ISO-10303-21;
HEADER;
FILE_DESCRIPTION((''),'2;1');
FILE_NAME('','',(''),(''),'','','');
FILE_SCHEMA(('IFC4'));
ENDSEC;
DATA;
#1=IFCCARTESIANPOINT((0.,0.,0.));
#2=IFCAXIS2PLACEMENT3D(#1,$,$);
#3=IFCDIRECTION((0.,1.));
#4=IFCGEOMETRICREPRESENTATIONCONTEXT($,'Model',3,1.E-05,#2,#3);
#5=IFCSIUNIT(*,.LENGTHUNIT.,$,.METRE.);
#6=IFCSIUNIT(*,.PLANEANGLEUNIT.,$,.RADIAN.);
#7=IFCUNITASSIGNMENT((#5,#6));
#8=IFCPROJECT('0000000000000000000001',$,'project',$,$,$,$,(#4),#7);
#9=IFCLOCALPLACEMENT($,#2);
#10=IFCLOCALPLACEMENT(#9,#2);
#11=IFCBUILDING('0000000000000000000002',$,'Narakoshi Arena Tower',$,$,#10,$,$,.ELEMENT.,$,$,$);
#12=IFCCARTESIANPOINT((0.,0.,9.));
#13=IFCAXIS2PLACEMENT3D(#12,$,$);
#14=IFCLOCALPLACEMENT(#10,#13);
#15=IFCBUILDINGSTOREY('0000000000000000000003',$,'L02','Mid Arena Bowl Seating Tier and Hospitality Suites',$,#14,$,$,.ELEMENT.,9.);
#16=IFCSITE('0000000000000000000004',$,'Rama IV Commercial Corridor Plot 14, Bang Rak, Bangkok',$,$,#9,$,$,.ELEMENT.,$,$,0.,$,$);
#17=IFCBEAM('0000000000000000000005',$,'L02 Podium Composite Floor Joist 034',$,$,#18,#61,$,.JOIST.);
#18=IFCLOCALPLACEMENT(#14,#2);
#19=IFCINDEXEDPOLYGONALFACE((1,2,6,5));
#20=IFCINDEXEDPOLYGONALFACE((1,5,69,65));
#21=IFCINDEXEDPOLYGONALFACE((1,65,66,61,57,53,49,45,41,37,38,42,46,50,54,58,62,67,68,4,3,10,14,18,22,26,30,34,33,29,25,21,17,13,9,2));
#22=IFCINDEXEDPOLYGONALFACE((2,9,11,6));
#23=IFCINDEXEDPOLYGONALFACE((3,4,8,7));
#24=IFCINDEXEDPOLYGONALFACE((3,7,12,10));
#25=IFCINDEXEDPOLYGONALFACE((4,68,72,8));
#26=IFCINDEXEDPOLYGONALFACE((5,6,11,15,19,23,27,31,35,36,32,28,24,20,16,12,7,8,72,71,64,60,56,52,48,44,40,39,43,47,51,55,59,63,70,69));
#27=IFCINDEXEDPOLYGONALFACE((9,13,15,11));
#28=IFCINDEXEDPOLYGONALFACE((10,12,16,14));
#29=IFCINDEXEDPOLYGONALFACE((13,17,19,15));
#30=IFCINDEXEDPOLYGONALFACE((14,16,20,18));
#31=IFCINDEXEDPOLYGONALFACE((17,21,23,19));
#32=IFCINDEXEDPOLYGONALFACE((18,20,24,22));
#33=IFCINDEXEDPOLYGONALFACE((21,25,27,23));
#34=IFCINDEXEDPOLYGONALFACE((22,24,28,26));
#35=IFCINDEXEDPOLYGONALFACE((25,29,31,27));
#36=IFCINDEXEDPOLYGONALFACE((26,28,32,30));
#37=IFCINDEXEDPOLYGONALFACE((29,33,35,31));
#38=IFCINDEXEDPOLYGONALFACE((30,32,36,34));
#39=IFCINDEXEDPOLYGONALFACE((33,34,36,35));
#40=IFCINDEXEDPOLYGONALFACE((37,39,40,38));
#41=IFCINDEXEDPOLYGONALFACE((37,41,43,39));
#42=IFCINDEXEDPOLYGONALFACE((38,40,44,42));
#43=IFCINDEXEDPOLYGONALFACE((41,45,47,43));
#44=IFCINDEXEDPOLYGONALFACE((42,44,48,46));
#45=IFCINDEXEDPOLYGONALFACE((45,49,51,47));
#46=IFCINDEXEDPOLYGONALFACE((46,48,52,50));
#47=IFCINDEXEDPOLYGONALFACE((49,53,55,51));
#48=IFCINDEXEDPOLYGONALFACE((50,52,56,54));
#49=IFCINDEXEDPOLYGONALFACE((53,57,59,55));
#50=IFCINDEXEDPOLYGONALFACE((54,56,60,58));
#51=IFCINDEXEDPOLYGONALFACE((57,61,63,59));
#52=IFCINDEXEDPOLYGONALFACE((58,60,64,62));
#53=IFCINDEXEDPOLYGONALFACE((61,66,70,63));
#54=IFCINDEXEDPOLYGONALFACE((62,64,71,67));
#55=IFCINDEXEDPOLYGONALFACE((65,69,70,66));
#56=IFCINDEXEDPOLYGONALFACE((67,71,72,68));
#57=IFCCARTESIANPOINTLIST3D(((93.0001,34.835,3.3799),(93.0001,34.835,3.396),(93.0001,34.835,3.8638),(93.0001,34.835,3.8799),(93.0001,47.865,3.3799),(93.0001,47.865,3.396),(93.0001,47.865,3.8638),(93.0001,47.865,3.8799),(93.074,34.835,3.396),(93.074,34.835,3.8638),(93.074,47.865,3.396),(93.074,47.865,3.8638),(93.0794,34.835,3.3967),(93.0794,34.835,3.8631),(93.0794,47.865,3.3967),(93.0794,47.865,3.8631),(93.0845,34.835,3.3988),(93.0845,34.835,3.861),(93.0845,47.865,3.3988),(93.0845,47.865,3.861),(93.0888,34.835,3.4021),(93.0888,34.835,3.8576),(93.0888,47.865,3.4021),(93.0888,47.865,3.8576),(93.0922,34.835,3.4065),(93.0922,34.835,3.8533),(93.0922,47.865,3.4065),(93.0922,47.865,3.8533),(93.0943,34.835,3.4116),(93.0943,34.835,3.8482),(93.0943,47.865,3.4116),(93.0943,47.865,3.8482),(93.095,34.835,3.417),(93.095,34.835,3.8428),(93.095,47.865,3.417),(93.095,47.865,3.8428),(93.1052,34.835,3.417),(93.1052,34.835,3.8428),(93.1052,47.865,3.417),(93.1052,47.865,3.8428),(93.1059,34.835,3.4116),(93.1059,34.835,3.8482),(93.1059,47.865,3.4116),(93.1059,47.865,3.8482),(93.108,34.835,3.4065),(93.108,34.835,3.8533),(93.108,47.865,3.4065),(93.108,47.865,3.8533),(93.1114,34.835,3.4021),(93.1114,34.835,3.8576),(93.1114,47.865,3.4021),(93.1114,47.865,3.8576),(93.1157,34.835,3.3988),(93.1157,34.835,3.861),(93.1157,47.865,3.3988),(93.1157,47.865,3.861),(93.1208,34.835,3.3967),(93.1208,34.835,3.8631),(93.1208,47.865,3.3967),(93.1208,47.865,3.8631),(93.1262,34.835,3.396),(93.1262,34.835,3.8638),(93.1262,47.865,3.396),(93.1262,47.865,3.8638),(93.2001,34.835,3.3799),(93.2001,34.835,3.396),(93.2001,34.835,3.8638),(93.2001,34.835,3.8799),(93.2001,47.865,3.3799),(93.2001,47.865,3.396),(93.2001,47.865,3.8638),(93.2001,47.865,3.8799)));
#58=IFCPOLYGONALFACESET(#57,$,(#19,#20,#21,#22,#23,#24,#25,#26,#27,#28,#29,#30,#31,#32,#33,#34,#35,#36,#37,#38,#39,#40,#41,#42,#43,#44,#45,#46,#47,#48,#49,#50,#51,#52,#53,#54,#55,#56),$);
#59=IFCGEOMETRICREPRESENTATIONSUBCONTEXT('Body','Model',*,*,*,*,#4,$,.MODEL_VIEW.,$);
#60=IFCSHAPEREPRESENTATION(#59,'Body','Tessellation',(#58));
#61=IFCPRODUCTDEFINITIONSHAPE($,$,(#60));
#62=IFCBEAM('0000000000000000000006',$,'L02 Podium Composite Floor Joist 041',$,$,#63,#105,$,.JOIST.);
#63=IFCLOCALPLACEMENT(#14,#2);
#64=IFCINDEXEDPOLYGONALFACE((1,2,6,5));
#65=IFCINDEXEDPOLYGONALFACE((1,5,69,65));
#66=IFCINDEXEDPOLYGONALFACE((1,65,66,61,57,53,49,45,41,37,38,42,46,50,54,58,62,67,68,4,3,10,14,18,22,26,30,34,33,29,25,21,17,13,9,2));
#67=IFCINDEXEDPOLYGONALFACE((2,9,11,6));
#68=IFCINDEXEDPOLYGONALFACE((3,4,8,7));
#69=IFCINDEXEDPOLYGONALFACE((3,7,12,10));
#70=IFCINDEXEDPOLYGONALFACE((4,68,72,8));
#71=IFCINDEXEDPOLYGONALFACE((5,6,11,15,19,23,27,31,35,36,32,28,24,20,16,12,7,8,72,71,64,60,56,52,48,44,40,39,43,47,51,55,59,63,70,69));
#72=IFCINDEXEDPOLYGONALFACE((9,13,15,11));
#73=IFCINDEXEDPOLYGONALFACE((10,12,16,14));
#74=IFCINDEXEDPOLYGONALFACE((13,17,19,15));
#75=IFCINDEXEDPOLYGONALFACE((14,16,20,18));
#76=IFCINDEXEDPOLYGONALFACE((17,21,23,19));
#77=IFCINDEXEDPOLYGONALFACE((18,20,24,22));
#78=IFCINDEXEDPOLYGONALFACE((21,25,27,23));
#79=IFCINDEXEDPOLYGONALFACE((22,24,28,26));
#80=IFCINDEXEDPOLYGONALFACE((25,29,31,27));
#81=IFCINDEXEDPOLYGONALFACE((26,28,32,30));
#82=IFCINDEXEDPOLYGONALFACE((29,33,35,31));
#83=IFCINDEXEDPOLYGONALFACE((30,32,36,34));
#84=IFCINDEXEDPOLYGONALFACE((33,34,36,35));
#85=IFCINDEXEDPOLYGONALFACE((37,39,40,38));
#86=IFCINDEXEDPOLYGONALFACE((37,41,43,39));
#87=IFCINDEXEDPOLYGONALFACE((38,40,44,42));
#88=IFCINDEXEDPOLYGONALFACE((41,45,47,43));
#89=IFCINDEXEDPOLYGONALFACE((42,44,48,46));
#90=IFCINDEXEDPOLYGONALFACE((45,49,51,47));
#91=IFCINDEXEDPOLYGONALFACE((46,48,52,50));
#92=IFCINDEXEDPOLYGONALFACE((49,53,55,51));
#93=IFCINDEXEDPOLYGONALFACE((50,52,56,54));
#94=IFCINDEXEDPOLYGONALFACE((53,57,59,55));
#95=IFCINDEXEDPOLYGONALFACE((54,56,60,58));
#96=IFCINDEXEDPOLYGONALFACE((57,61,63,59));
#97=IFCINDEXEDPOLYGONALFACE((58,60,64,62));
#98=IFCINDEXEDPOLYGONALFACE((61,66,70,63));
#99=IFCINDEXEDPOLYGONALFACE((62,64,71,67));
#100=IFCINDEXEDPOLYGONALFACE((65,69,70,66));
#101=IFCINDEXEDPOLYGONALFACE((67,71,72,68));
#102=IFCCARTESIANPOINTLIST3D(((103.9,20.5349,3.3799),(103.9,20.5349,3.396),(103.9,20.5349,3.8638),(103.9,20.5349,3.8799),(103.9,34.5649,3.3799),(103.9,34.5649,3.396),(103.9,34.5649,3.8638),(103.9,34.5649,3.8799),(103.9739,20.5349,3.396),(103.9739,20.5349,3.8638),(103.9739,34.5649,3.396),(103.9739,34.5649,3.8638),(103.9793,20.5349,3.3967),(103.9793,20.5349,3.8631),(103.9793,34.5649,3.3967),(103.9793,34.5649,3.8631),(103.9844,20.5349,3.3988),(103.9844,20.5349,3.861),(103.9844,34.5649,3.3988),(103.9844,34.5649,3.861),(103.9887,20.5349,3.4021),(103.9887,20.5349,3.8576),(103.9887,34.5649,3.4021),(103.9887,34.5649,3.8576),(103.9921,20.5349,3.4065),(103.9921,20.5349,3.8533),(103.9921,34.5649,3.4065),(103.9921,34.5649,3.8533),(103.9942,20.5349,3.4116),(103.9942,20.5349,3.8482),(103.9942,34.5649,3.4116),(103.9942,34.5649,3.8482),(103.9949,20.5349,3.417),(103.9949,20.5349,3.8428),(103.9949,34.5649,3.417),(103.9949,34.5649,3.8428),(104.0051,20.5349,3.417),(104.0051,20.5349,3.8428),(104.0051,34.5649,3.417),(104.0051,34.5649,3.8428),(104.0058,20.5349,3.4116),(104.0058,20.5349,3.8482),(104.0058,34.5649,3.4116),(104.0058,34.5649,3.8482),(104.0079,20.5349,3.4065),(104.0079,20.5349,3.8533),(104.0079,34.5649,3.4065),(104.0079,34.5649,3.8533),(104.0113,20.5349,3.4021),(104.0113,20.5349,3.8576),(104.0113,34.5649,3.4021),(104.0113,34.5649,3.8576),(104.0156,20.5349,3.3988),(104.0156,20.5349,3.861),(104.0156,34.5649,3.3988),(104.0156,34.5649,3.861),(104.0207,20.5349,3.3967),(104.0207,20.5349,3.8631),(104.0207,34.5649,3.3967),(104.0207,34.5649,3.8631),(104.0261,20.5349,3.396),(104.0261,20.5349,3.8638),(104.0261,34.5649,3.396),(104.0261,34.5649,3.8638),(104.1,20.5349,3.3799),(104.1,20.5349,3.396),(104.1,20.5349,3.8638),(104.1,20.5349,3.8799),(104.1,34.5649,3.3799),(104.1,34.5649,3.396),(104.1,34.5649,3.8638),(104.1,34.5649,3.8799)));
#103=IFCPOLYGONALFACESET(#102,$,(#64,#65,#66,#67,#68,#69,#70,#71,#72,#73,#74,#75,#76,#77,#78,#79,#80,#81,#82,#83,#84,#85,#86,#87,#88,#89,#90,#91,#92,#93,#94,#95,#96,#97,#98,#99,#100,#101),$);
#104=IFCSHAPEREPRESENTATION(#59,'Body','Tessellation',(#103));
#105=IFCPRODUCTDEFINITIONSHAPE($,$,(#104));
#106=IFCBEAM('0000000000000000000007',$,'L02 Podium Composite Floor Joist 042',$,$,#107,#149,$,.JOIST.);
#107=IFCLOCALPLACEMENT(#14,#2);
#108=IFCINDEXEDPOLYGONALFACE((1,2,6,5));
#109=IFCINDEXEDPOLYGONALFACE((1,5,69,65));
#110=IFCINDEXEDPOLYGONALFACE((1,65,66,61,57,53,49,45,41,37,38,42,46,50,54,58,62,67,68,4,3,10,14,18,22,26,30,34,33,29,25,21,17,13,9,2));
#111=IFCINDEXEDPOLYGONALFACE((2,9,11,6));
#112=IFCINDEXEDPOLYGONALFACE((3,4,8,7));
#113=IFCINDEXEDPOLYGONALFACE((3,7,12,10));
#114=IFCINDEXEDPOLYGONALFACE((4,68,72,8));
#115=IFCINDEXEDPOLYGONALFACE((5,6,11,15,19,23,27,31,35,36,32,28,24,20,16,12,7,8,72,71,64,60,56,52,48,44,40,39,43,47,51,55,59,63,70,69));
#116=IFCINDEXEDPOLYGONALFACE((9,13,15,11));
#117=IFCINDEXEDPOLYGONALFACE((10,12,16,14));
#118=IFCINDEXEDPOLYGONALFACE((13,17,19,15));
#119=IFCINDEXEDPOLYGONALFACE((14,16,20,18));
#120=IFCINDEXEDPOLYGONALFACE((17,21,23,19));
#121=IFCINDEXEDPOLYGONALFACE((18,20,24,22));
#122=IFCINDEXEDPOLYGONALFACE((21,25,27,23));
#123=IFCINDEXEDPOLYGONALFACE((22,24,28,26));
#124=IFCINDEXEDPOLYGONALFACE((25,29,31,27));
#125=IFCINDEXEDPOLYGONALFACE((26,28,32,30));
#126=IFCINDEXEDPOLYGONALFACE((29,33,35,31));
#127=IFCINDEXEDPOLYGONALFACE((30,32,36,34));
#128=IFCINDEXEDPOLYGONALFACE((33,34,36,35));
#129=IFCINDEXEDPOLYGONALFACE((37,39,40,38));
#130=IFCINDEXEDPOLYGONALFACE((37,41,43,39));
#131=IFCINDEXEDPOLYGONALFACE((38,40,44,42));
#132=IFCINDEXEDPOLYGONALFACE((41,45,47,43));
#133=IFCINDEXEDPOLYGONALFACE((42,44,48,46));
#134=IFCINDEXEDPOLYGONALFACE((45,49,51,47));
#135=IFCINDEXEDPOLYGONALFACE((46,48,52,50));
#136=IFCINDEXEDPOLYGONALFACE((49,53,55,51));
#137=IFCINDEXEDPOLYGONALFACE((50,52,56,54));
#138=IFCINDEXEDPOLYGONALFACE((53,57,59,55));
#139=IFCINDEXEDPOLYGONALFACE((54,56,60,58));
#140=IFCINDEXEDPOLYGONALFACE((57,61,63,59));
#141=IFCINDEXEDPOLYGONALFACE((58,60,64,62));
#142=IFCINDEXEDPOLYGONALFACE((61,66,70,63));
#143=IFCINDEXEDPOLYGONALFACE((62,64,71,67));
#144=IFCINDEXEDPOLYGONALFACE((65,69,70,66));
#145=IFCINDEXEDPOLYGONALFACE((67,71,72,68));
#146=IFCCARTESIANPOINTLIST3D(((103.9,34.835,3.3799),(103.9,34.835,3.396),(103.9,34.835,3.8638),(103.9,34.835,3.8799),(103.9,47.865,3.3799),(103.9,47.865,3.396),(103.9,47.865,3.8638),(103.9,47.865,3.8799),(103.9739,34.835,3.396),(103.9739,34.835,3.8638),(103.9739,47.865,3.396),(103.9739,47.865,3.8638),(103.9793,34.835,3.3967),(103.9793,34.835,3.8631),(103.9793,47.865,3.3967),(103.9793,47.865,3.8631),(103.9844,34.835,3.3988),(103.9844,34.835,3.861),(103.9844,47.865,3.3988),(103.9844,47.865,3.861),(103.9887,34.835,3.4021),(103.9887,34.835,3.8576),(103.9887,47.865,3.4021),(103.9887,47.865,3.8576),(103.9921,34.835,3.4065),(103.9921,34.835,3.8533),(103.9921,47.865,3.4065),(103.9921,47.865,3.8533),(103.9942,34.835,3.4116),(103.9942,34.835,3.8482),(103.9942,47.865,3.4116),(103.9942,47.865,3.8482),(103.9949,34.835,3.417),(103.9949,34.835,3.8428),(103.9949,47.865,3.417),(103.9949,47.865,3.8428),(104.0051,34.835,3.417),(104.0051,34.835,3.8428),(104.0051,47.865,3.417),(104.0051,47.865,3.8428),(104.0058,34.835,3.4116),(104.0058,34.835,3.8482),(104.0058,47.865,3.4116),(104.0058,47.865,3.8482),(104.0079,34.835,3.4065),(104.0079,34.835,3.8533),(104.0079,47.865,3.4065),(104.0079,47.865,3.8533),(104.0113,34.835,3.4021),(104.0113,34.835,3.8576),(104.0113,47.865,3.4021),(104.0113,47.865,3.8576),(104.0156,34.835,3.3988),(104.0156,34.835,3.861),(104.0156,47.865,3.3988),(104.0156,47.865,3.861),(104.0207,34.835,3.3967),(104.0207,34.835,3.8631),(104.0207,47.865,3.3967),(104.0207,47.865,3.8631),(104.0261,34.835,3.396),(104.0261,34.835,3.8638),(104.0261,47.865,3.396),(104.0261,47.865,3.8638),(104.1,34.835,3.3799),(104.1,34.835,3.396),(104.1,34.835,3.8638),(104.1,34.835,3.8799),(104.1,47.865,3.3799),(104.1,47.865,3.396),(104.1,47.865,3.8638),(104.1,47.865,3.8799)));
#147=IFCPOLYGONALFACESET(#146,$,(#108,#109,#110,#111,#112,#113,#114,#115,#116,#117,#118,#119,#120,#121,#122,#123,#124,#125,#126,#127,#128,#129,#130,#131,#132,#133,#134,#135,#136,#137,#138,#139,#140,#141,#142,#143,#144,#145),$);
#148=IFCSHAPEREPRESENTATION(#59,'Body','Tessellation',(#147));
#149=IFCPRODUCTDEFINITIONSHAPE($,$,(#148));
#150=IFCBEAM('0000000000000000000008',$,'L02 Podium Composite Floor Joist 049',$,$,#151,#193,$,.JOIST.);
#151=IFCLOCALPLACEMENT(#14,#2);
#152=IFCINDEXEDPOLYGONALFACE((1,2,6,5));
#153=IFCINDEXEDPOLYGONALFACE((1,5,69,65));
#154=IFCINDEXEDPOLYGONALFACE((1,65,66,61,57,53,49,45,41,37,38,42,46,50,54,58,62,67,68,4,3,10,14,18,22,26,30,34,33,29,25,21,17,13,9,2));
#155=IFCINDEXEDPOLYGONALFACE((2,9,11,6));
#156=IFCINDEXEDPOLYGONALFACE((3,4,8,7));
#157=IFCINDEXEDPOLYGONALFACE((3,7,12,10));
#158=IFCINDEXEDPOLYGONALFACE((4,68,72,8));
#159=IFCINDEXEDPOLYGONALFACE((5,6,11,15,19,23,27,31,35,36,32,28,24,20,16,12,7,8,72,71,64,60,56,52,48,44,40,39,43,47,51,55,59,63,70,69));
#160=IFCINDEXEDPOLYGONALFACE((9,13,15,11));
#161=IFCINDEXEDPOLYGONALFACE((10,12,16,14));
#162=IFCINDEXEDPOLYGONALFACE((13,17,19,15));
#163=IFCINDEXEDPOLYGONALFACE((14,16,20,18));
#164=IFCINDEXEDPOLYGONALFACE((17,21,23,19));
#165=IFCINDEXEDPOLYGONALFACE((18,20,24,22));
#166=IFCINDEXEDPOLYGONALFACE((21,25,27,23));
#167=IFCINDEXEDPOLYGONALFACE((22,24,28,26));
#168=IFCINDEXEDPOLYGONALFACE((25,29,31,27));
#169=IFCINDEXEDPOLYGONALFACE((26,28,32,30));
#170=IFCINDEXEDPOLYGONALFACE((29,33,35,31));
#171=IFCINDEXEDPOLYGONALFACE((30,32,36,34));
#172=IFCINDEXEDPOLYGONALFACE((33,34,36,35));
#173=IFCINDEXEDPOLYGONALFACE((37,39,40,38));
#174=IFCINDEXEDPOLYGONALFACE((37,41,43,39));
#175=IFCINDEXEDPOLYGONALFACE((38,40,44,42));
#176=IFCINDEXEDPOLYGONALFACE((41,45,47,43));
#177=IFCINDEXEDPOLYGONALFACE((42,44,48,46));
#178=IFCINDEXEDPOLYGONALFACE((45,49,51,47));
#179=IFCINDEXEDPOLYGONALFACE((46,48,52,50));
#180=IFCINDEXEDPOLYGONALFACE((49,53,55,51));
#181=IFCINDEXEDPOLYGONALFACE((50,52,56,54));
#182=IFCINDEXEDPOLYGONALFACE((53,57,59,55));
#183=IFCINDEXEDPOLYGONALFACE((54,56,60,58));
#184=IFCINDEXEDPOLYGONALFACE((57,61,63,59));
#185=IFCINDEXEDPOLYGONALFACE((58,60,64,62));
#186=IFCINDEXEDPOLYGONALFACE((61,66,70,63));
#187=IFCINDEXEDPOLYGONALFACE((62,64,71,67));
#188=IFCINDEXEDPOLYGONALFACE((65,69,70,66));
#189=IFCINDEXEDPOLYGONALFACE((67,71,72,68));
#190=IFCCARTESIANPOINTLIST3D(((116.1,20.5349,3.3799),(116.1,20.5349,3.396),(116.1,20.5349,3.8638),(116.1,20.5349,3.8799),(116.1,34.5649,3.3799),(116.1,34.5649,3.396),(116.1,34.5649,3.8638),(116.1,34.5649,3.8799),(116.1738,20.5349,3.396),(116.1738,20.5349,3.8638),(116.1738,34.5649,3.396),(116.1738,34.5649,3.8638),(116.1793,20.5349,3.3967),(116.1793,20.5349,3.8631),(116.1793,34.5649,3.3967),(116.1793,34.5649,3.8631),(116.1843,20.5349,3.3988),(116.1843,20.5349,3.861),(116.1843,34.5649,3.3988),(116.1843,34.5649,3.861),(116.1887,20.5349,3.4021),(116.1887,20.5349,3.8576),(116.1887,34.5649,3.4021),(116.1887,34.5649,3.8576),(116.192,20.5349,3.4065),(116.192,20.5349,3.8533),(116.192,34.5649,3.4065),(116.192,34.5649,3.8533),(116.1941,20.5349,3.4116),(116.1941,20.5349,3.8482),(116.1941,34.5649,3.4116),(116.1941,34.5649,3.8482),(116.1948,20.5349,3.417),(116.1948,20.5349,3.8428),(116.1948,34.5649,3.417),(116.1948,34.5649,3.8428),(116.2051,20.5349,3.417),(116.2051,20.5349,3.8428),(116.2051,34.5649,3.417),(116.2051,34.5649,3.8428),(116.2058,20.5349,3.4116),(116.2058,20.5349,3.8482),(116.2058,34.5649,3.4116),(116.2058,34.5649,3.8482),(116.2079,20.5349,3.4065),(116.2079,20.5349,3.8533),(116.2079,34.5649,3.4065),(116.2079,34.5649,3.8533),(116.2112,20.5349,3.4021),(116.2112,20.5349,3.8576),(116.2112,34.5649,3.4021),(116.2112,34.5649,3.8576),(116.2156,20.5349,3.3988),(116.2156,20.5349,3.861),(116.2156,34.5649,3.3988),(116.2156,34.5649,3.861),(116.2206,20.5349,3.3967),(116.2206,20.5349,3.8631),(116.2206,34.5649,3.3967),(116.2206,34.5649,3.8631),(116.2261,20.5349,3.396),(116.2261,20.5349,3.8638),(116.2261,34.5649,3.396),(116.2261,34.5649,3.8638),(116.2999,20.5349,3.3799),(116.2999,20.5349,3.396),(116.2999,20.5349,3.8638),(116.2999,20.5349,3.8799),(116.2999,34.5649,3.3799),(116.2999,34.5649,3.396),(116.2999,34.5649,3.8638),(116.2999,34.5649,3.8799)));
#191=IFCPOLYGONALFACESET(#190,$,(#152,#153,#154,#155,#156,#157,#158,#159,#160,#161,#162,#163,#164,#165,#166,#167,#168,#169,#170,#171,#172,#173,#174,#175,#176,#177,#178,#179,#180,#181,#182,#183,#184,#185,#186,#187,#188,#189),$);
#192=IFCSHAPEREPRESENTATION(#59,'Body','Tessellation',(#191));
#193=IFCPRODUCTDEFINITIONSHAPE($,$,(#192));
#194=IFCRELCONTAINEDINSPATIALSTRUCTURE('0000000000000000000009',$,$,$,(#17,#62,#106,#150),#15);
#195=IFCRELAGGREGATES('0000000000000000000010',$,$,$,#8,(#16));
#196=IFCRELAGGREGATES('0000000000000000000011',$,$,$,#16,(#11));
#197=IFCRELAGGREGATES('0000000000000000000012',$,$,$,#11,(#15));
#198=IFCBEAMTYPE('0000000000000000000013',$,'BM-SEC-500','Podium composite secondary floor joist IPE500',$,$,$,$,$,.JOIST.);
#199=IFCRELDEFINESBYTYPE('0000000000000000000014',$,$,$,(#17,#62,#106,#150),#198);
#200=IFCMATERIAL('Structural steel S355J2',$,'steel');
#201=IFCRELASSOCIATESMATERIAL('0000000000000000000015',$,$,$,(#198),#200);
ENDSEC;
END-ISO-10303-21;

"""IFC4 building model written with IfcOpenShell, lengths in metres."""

from ifc_helpers import new_model, si_unit, direction, frame, origin, origin_2d, place, context, subcontext, project, spatial, i_section, extrude, material, material_profile, profile_set, type_object, element, save


model = new_model("IFC4")

# Units and contexts
model_context = context("Model", 3, precision=1e-05, world=origin(), true_north=direction((0.0, 1.0)))
body_context = subcontext(model_context, "Body", "Model", "MODEL_VIEW")
ifc_project = project(units=[si_unit("LENGTHUNIT", "METRE"), si_unit("PLANEANGLEUNIT", "RADIAN")], contexts=[model_context])

# Site, building, storey
site_placement = place(None, origin())
site = spatial("IfcSite", under=ifc_project, at=site_placement, Name="Rama IV Commercial Corridor Plot 14, Bang Rak, Bangkok", CompositionType="ELEMENT", RefElevation=0.0)
building_placement = place(site_placement, origin())
building = spatial("IfcBuilding", under=site, at=building_placement, Name="Narakoshi Arena Tower", CompositionType="ELEMENT")
storey_placement = place(building_placement, frame((0.0, 0.0, 9.0)))
storey = spatial("IfcBuildingStorey", under=building, at=storey_placement, Name="L02", Description="Mid Arena Bowl Seating Tier and Hospitality Suites", CompositionType="ELEMENT", Elevation=9.0)

# Beams
ifc_material_1 = material(Name="Structural steel S355J2", Category="steel")
ifc_material_profile_1 = material_profile(ifc_material_1, i_section(OverallWidth=0.2, OverallDepth=0.5, WebThickness=0.0103, FlangeThickness=0.0161, FilletRadius=0.021, at=origin_2d()), Name="IPE500")
ifc_profile_set_1 = profile_set([ifc_material_profile_1], Name="Structural steel S355J2")
beam_type_1 = type_object("IfcBeamType", Name="BM-SEC-500", Description="Podium composite secondary floor joist IPE500", PredefinedType="JOIST", material=ifc_profile_set_1)
beam_1_placement = place(storey_placement, frame((93.1001, 34.835, 3.6299), z_axis=(0.0, 1.0, 0.0), x_axis=(-1.0, 0.0, 0.0)))
element("IfcBeam", 1, at=beam_1_placement, inside=storey, type_object=beam_type_1, Name="L02 Podium Composite Floor Joist 034", PredefinedType="JOIST", context=body_context, shape_type="SweptSolid", body=[
    extrude(i_section(OverallWidth=0.2, OverallDepth=0.5, WebThickness=0.0103, FlangeThickness=0.0161, FilletRadius=0.021, at=origin_2d()), origin(), (0.0, 0.0, 1.0), 13.03),
])
beam_2_placement = place(storey_placement, frame((104.0, 20.5349, 3.6299), z_axis=(0.0, 1.0, 0.0), x_axis=(-1.0, 0.0, 0.0)))
element("IfcBeam", 2, at=beam_2_placement, inside=storey, type_object=beam_type_1, Name="L02 Podium Composite Floor Joist 041", PredefinedType="JOIST", context=body_context, shape_type="SweptSolid", body=[
    extrude(i_section(OverallWidth=0.2, OverallDepth=0.5, WebThickness=0.0103, FlangeThickness=0.0161, FilletRadius=0.021, at=origin_2d()), origin(), (0.0, 0.0, 1.0), 14.03),
])
beam_3_placement = place(storey_placement, frame((104.0, 34.835, 3.6299), z_axis=(0.0, 1.0, 0.0), x_axis=(-1.0, 0.0, 0.0)))
element("IfcBeam", 3, at=beam_3_placement, inside=storey, type_object=beam_type_1, Name="L02 Podium Composite Floor Joist 042", PredefinedType="JOIST", context=body_context, shape_type="SweptSolid", body=[
    extrude(i_section(OverallWidth=0.2, OverallDepth=0.5, WebThickness=0.0103, FlangeThickness=0.0161, FilletRadius=0.021, at=origin_2d()), origin(), (0.0, 0.0, 1.0), 13.03),
])
beam_4_placement = place(storey_placement, frame((116.2, 20.5349, 3.6299), z_axis=(0.0, 1.0, 0.0), x_axis=(-1.0, 0.0, 0.0)))
element("IfcBeam", 4, at=beam_4_placement, inside=storey, type_object=beam_type_1, Name="L02 Podium Composite Floor Joist 049", PredefinedType="JOIST", context=body_context, shape_type="SweptSolid", body=[
    extrude(i_section(OverallWidth=0.2, OverallDepth=0.5, WebThickness=0.0103, FlangeThickness=0.0161, FilletRadius=0.021, at=origin_2d()), origin(), (0.0, 0.0, 1.0), 14.03),
])

save(model, "model.ifc")
